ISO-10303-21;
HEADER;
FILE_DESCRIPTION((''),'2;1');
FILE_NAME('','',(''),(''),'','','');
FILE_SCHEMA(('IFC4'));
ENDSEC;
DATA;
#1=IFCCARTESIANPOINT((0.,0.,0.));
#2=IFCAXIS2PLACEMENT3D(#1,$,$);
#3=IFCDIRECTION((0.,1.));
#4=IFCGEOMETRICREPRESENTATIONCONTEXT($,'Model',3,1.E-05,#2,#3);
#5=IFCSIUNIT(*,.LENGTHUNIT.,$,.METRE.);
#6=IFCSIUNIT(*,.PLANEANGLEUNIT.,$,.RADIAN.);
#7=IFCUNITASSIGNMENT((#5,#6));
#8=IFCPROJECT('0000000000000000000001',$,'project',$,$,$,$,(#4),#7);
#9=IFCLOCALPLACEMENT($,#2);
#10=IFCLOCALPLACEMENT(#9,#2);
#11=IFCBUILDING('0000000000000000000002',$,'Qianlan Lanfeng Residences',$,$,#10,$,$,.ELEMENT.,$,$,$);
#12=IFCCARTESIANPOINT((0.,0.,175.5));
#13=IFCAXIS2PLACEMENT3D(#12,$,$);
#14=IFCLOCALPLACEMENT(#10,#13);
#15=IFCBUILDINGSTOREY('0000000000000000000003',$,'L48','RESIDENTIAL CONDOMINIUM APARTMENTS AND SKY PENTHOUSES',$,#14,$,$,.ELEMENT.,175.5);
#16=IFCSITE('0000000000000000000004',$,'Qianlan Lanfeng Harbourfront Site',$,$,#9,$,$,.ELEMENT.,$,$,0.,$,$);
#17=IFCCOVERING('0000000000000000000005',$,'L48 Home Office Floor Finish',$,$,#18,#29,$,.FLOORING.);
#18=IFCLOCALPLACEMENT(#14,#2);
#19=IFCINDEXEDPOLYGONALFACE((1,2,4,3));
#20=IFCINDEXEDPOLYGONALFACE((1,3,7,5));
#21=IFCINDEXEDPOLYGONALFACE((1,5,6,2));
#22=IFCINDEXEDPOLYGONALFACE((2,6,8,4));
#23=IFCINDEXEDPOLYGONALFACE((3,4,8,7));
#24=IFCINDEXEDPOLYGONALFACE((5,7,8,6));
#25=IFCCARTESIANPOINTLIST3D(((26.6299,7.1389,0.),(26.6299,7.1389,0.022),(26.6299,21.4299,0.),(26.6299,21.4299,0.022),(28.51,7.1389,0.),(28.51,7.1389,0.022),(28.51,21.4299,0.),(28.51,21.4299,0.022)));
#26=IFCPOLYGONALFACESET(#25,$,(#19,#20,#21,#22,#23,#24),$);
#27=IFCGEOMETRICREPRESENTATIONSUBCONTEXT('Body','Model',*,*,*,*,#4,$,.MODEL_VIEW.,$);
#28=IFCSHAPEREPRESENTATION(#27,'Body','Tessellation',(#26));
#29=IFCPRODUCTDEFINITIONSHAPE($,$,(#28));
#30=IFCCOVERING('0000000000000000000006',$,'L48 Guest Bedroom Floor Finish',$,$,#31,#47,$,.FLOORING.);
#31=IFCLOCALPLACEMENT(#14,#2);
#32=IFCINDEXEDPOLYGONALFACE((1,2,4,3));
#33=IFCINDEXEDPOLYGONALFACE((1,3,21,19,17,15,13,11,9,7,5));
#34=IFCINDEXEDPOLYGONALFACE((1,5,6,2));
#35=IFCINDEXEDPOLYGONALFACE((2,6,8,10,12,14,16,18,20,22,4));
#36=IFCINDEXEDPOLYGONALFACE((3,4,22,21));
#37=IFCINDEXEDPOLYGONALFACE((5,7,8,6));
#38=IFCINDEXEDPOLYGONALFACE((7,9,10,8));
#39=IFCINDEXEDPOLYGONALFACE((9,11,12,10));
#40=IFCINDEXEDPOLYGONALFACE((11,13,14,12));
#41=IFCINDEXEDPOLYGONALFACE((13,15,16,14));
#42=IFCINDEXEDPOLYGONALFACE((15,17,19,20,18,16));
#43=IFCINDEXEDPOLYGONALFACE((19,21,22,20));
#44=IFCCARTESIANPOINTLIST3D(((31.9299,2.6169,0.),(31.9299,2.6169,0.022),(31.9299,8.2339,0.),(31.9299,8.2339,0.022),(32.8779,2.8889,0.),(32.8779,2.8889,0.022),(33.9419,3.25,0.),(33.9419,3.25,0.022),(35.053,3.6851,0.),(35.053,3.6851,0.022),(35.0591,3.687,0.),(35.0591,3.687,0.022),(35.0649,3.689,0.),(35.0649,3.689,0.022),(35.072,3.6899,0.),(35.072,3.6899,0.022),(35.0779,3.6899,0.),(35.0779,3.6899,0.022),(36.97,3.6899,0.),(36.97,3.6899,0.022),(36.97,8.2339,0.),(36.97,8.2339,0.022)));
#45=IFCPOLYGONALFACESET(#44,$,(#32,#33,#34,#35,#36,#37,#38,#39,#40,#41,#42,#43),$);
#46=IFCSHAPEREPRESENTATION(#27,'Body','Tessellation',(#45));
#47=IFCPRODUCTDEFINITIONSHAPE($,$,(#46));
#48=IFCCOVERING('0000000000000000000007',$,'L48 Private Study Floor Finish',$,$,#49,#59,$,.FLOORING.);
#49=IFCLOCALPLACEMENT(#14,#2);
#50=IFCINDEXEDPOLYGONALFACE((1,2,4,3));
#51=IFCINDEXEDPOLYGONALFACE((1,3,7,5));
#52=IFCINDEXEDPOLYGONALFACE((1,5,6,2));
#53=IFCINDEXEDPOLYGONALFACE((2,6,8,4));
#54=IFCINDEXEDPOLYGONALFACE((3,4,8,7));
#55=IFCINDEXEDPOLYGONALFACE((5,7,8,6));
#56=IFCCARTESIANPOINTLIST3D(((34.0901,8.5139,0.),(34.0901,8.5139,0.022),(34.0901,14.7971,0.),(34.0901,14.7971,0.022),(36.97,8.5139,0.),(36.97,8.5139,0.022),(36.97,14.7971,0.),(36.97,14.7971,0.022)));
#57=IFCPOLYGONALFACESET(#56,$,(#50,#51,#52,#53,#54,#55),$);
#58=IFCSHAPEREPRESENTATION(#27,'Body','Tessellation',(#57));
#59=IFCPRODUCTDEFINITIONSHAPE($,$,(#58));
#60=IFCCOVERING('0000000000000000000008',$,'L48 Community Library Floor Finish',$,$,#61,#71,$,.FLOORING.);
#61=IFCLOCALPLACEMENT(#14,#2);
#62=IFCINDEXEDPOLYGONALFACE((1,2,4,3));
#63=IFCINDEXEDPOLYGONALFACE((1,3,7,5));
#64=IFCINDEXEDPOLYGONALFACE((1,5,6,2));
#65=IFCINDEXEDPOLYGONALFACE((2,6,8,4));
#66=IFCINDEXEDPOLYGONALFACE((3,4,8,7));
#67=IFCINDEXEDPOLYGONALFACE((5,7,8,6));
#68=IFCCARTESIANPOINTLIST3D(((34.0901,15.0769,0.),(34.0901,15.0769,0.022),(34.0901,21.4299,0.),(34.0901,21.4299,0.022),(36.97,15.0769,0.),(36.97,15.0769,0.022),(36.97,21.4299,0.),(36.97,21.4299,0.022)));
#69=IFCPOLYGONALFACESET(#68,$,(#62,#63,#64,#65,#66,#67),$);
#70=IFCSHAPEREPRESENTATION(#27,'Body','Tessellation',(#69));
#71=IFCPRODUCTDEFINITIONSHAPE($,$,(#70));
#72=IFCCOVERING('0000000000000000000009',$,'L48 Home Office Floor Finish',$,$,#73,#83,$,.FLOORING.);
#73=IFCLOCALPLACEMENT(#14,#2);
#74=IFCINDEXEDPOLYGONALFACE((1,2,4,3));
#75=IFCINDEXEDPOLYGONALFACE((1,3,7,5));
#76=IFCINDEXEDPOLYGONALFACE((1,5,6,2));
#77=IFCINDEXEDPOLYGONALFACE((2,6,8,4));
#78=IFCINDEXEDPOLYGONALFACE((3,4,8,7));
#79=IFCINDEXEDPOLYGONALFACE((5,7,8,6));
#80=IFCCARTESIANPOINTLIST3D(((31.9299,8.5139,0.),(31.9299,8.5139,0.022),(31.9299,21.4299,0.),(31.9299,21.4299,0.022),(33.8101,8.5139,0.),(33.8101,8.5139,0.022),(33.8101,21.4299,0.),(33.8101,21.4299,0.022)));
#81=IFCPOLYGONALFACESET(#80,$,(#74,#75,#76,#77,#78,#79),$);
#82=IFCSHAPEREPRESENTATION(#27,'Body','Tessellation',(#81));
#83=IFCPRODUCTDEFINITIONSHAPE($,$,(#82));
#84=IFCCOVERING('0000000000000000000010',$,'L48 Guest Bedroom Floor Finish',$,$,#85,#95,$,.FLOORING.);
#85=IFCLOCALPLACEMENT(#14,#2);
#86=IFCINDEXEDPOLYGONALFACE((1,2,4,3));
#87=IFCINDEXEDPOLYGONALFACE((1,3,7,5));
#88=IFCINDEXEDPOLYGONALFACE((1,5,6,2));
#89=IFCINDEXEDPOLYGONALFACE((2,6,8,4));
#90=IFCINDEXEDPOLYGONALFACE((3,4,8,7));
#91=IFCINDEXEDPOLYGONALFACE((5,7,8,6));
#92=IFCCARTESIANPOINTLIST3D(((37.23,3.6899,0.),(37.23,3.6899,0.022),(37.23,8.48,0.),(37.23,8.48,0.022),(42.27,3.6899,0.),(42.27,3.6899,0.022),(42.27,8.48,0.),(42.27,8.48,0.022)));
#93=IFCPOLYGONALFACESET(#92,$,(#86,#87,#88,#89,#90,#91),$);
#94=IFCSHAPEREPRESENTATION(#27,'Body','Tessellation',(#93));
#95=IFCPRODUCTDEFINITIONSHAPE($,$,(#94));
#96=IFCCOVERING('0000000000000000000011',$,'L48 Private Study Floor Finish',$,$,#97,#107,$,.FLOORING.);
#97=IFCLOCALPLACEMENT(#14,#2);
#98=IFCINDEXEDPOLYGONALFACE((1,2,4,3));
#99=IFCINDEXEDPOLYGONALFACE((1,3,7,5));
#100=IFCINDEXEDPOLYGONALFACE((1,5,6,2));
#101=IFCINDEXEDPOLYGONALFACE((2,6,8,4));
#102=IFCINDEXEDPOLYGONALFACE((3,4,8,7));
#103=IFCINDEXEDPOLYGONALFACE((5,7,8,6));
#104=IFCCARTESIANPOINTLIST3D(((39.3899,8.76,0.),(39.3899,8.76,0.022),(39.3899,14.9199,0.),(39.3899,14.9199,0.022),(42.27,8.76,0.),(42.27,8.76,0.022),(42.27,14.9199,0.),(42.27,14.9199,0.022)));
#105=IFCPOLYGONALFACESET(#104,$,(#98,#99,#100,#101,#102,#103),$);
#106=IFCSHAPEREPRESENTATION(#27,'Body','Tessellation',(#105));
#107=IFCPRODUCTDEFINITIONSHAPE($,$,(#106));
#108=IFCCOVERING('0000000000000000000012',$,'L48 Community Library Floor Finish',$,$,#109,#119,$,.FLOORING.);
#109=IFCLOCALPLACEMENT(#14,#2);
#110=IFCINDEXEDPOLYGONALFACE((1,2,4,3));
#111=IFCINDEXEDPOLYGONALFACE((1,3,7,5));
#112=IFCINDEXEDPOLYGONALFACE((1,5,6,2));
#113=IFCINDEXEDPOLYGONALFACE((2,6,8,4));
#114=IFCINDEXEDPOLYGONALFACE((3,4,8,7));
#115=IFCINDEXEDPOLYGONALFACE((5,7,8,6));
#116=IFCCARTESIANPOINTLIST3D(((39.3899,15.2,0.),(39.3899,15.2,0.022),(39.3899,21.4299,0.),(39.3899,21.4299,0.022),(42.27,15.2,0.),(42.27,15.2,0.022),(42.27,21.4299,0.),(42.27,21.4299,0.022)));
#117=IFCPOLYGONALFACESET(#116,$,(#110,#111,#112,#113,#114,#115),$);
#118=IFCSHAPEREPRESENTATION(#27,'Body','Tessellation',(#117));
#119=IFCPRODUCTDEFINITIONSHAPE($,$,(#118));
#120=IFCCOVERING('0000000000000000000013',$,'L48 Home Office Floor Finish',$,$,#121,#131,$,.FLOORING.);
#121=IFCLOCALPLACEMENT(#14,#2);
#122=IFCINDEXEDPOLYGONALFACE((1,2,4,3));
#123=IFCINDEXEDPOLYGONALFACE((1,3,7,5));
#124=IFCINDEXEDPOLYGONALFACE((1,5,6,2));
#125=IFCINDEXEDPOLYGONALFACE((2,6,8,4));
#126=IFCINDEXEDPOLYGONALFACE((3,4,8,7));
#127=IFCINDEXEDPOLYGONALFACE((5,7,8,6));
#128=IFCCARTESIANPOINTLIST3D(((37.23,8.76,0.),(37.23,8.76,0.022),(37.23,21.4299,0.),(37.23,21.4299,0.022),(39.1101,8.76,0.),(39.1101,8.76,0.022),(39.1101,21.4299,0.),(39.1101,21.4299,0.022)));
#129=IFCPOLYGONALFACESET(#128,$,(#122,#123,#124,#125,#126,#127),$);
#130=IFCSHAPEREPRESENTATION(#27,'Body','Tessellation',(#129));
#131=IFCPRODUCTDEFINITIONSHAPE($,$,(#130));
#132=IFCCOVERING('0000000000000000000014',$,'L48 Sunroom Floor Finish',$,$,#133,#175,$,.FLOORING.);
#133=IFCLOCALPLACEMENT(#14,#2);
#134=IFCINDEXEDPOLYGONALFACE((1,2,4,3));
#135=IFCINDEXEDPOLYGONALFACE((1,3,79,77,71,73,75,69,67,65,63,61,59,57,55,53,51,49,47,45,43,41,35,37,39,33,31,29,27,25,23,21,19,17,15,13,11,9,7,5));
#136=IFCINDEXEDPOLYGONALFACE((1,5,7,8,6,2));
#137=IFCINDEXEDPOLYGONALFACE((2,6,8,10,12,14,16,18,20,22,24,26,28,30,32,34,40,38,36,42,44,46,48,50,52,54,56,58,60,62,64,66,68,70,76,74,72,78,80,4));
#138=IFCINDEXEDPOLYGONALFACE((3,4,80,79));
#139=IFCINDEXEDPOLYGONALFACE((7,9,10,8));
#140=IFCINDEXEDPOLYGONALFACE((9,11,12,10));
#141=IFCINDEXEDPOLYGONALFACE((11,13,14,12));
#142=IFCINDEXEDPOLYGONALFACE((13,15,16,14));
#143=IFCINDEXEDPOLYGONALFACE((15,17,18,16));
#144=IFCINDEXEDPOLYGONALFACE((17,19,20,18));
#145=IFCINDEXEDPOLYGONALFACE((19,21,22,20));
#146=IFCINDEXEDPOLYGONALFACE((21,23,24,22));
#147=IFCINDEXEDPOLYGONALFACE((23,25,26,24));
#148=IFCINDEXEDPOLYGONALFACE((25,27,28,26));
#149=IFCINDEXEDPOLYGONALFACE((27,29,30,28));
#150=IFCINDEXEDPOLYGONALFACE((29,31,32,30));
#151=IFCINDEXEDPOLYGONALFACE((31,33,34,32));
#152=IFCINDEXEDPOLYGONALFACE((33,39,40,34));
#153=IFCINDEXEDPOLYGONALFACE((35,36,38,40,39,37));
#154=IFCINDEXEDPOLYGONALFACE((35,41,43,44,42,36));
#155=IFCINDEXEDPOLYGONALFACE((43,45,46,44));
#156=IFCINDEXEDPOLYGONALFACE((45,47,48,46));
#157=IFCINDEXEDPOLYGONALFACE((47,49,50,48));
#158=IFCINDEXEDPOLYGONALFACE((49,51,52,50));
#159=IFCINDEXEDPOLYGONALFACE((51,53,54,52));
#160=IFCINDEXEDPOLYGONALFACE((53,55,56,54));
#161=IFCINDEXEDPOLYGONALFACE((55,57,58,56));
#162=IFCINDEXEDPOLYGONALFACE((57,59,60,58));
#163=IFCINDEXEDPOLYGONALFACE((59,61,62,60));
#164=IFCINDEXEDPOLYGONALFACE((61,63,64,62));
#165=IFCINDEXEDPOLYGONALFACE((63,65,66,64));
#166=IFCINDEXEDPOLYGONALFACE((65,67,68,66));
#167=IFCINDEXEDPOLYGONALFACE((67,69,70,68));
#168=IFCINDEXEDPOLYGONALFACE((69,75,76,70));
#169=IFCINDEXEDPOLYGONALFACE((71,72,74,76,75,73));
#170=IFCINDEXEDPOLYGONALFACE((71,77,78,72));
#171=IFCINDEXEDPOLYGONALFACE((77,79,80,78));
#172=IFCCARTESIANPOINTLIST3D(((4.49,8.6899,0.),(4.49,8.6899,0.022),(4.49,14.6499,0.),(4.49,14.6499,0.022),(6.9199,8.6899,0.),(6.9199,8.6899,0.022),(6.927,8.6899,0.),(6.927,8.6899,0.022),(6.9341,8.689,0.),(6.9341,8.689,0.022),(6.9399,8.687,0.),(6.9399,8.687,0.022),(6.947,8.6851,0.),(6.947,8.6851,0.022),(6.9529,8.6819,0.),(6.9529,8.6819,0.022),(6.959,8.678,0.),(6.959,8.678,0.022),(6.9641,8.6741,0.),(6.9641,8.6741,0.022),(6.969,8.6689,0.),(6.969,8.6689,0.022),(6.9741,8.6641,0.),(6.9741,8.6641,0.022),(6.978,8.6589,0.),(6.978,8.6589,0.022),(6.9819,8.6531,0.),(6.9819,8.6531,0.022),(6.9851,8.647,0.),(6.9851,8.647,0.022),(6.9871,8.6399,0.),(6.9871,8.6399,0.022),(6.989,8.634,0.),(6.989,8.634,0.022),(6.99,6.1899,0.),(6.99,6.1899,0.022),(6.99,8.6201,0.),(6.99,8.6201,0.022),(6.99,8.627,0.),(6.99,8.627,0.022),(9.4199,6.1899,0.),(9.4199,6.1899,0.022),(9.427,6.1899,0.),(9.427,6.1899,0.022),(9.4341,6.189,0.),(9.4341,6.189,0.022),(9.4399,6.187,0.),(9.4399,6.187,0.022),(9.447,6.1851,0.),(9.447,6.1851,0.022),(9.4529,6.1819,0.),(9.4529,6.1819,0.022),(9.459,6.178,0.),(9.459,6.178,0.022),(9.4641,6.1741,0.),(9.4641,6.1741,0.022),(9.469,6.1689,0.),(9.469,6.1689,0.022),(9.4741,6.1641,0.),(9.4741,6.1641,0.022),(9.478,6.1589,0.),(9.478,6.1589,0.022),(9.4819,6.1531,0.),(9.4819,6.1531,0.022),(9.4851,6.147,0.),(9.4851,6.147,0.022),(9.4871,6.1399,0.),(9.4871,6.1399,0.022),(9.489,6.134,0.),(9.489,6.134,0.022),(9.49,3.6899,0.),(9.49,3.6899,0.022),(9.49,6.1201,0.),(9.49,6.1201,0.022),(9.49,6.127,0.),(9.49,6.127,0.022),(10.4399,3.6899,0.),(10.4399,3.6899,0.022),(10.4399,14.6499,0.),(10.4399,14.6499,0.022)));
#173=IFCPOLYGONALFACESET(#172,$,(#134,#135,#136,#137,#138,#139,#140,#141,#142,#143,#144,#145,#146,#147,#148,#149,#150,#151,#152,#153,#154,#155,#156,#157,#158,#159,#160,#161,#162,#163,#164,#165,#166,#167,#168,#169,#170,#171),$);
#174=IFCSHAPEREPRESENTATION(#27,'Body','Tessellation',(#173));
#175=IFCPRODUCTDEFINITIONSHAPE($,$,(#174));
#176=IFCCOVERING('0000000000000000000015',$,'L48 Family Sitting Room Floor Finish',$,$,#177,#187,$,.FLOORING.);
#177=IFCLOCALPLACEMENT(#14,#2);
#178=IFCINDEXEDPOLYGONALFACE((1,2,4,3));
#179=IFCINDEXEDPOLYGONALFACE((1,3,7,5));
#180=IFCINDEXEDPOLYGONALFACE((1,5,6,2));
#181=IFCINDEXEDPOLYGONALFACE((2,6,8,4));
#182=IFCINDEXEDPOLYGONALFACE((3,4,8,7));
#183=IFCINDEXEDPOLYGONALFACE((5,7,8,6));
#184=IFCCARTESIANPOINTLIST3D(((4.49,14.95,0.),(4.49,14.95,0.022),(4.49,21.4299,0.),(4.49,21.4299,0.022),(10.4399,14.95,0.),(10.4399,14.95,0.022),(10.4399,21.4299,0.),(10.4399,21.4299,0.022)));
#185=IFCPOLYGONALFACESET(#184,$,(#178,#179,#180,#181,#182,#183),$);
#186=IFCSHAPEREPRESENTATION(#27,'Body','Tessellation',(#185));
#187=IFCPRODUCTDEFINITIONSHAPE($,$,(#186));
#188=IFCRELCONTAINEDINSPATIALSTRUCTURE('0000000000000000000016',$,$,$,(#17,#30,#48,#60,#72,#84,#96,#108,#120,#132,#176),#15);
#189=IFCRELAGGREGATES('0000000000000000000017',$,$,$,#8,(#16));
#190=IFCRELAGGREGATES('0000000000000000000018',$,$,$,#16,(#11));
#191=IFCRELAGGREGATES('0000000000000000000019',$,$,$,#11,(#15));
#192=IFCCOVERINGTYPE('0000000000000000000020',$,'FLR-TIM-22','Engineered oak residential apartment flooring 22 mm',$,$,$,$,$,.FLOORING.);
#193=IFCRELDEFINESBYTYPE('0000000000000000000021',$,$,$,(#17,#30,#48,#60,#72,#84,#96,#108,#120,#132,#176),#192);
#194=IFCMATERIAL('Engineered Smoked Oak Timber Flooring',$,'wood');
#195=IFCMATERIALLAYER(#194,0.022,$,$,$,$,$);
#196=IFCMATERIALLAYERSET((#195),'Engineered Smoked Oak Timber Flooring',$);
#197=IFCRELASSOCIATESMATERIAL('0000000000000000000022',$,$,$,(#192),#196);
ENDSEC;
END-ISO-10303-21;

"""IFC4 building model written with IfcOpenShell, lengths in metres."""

from ifc_helpers import new_model, si_unit, direction, frame, origin, place, context, subcontext, project, spatial, polyline, outline, extrude, material, layer, layer_set, type_object, element, save


model = new_model("IFC4")

# Units and contexts
model_context = context("Model", 3, precision=1e-05, world=origin(), true_north=direction((0.0, 1.0)))
body_context = subcontext(model_context, "Body", "Model", "MODEL_VIEW")
ifc_project = project(units=[si_unit("LENGTHUNIT", "METRE"), si_unit("PLANEANGLEUNIT", "RADIAN")], contexts=[model_context])

# Site, building, storey
site_placement = place(None, origin())
site = spatial("IfcSite", under=ifc_project, at=site_placement, Name="Qianlan Lanfeng Harbourfront Site", CompositionType="ELEMENT", RefElevation=0.0)
building_placement = place(site_placement, origin())
building = spatial("IfcBuilding", under=site, at=building_placement, Name="Qianlan Lanfeng Residences", CompositionType="ELEMENT")
storey_placement = place(building_placement, frame((0.0, 0.0, 175.5)))
storey = spatial("IfcBuildingStorey", under=building, at=storey_placement, Name="L48", Description="RESIDENTIAL CONDOMINIUM APARTMENTS AND SKY PENTHOUSES", CompositionType="ELEMENT", Elevation=175.5)

# Coverings
ifc_material_1 = material(Name="Engineered Smoked Oak Timber Flooring", Category="wood")
ifc_layer_1 = layer(ifc_material_1, 0.022)
ifc_layer_set_1 = layer_set([ifc_layer_1], Name="Engineered Smoked Oak Timber Flooring")
covering_type_1 = type_object("IfcCoveringType", Name="FLR-TIM-22", Description="Engineered oak residential apartment flooring 22 mm", PredefinedType="FLOORING", material=ifc_layer_set_1)
covering_1_placement = place(storey_placement, origin())
element("IfcCovering", 1, at=covering_1_placement, inside=storey, type_object=covering_type_1, Name="L48 Home Office Floor Finish", PredefinedType="FLOORING", context=body_context, shape_type="SweptSolid", body=[
    extrude(outline(polyline([(26.6299, 7.1389), (28.51, 7.1389), (28.51, 21.4299), (26.6299, 21.4299), (26.6299, 7.1389)])), origin(), (0.0, 0.0, 1.0), 0.022),
])
covering_2_placement = place(storey_placement, origin())
element("IfcCovering", 2, at=covering_2_placement, inside=storey, type_object=covering_type_1, Name="L48 Guest Bedroom Floor Finish", PredefinedType="FLOORING", context=body_context, shape_type="SweptSolid", body=[
    extrude(outline(polyline([(31.9299, 8.2339), (31.9299, 2.6169), (32.8779, 2.8889), (33.9419, 3.25), (35.053, 3.6851), (35.0591, 3.687), (35.0649, 3.689), (35.072, 3.6899), (35.0779, 3.6899), (36.97, 3.6899), (36.97, 8.2339), (31.9299, 8.2339)])), origin(), (0.0, 0.0, 1.0), 0.022),
])
covering_3_placement = place(storey_placement, origin())
element("IfcCovering", 3, at=covering_3_placement, inside=storey, type_object=covering_type_1, Name="L48 Private Study Floor Finish", PredefinedType="FLOORING", context=body_context, shape_type="SweptSolid", body=[
    extrude(outline(polyline([(34.0901, 8.5139), (36.97, 8.5139), (36.97, 14.7971), (34.0901, 14.7971), (34.0901, 8.5139)])), origin(), (0.0, 0.0, 1.0), 0.022),
])
covering_4_placement = place(storey_placement, origin())
element("IfcCovering", 4, at=covering_4_placement, inside=storey, type_object=covering_type_1, Name="L48 Community Library Floor Finish", PredefinedType="FLOORING", context=body_context, shape_type="SweptSolid", body=[
    extrude(outline(polyline([(34.0901, 15.0769), (36.97, 15.0769), (36.97, 21.4299), (34.0901, 21.4299), (34.0901, 15.0769)])), origin(), (0.0, 0.0, 1.0), 0.022),
])
covering_5_placement = place(storey_placement, origin())
element("IfcCovering", 5, at=covering_5_placement, inside=storey, type_object=covering_type_1, Name="L48 Home Office Floor Finish", PredefinedType="FLOORING", context=body_context, shape_type="SweptSolid", body=[
    extrude(outline(polyline([(31.9299, 8.5139), (33.8101, 8.5139), (33.8101, 21.4299), (31.9299, 21.4299), (31.9299, 8.5139)])), origin(), (0.0, 0.0, 1.0), 0.022),
])
covering_6_placement = place(storey_placement, origin())
element("IfcCovering", 6, at=covering_6_placement, inside=storey, type_object=covering_type_1, Name="L48 Guest Bedroom Floor Finish", PredefinedType="FLOORING", context=body_context, shape_type="SweptSolid", body=[
    extrude(outline(polyline([(37.23, 8.48), (37.23, 3.6899), (42.27, 3.6899), (42.27, 8.48), (37.23, 8.48)])), origin(), (0.0, 0.0, 1.0), 0.022),
])
covering_7_placement = place(storey_placement, origin())
element("IfcCovering", 7, at=covering_7_placement, inside=storey, type_object=covering_type_1, Name="L48 Private Study Floor Finish", PredefinedType="FLOORING", context=body_context, shape_type="SweptSolid", body=[
    extrude(outline(polyline([(39.3899, 8.76), (42.27, 8.76), (42.27, 14.9199), (39.3899, 14.9199), (39.3899, 8.76)])), origin(), (0.0, 0.0, 1.0), 0.022),
])
covering_8_placement = place(storey_placement, origin())
element("IfcCovering", 8, at=covering_8_placement, inside=storey, type_object=covering_type_1, Name="L48 Community Library Floor Finish", PredefinedType="FLOORING", context=body_context, shape_type="SweptSolid", body=[
    extrude(outline(polyline([(39.3899, 15.2), (42.27, 15.2), (42.27, 21.4299), (39.3899, 21.4299), (39.3899, 15.2)])), origin(), (0.0, 0.0, 1.0), 0.022),
])
covering_9_placement = place(storey_placement, origin())
element("IfcCovering", 9, at=covering_9_placement, inside=storey, type_object=covering_type_1, Name="L48 Home Office Floor Finish", PredefinedType="FLOORING", context=body_context, shape_type="SweptSolid", body=[
    extrude(outline(polyline([(37.23, 8.76), (39.1101, 8.76), (39.1101, 21.4299), (37.23, 21.4299), (37.23, 8.76)])), origin(), (0.0, 0.0, 1.0), 0.022),
])
covering_10_placement = place(storey_placement, origin())
element("IfcCovering", 10, at=covering_10_placement, inside=storey, type_object=covering_type_1, Name="L48 Sunroom Floor Finish", PredefinedType="FLOORING", context=body_context, shape_type="SweptSolid", body=[
    extrude(outline(polyline([(10.4399, 14.6499), (4.49, 14.6499), (4.49, 8.6899), (6.9199, 8.6899), (6.927, 8.6899), (6.9341, 8.689), (6.9399, 8.687), (6.947, 8.6851), (6.9529, 8.6819), (6.959, 8.678), (6.9641, 8.6741), (6.969, 8.6689), (6.9741, 8.6641), (6.978, 8.6589), (6.9819, 8.6531), (6.9851, 8.647), (6.9871, 8.6399), (6.989, 8.634), (6.99, 8.627), (6.99, 8.6201), (6.99, 6.1899), (9.4199, 6.1899), (9.427, 6.1899), (9.4341, 6.189), (9.4399, 6.187), (9.447, 6.1851), (9.4529, 6.1819), (9.459, 6.178), (9.4641, 6.1741), (9.469, 6.1689), (9.4741, 6.1641), (9.478, 6.1589), (9.4819, 6.1531), (9.4851, 6.147), (9.4871, 6.1399), (9.489, 6.134), (9.49, 6.127), (9.49, 6.1201), (9.49, 3.6899), (10.4399, 3.6899), (10.4399, 14.6499)])), origin(), (0.0, 0.0, 1.0), 0.022),
])
covering_11_placement = place(storey_placement, origin())
element("IfcCovering", 11, at=covering_11_placement, inside=storey, type_object=covering_type_1, Name="L48 Family Sitting Room Floor Finish", PredefinedType="FLOORING", context=body_context, shape_type="SweptSolid", body=[
    extrude(outline(polyline([(10.4399, 21.4299), (4.49, 21.4299), (4.49, 14.95), (10.4399, 14.95), (10.4399, 21.4299)])), origin(), (0.0, 0.0, 1.0), 0.022),
])

save(model, "model.ifc")
